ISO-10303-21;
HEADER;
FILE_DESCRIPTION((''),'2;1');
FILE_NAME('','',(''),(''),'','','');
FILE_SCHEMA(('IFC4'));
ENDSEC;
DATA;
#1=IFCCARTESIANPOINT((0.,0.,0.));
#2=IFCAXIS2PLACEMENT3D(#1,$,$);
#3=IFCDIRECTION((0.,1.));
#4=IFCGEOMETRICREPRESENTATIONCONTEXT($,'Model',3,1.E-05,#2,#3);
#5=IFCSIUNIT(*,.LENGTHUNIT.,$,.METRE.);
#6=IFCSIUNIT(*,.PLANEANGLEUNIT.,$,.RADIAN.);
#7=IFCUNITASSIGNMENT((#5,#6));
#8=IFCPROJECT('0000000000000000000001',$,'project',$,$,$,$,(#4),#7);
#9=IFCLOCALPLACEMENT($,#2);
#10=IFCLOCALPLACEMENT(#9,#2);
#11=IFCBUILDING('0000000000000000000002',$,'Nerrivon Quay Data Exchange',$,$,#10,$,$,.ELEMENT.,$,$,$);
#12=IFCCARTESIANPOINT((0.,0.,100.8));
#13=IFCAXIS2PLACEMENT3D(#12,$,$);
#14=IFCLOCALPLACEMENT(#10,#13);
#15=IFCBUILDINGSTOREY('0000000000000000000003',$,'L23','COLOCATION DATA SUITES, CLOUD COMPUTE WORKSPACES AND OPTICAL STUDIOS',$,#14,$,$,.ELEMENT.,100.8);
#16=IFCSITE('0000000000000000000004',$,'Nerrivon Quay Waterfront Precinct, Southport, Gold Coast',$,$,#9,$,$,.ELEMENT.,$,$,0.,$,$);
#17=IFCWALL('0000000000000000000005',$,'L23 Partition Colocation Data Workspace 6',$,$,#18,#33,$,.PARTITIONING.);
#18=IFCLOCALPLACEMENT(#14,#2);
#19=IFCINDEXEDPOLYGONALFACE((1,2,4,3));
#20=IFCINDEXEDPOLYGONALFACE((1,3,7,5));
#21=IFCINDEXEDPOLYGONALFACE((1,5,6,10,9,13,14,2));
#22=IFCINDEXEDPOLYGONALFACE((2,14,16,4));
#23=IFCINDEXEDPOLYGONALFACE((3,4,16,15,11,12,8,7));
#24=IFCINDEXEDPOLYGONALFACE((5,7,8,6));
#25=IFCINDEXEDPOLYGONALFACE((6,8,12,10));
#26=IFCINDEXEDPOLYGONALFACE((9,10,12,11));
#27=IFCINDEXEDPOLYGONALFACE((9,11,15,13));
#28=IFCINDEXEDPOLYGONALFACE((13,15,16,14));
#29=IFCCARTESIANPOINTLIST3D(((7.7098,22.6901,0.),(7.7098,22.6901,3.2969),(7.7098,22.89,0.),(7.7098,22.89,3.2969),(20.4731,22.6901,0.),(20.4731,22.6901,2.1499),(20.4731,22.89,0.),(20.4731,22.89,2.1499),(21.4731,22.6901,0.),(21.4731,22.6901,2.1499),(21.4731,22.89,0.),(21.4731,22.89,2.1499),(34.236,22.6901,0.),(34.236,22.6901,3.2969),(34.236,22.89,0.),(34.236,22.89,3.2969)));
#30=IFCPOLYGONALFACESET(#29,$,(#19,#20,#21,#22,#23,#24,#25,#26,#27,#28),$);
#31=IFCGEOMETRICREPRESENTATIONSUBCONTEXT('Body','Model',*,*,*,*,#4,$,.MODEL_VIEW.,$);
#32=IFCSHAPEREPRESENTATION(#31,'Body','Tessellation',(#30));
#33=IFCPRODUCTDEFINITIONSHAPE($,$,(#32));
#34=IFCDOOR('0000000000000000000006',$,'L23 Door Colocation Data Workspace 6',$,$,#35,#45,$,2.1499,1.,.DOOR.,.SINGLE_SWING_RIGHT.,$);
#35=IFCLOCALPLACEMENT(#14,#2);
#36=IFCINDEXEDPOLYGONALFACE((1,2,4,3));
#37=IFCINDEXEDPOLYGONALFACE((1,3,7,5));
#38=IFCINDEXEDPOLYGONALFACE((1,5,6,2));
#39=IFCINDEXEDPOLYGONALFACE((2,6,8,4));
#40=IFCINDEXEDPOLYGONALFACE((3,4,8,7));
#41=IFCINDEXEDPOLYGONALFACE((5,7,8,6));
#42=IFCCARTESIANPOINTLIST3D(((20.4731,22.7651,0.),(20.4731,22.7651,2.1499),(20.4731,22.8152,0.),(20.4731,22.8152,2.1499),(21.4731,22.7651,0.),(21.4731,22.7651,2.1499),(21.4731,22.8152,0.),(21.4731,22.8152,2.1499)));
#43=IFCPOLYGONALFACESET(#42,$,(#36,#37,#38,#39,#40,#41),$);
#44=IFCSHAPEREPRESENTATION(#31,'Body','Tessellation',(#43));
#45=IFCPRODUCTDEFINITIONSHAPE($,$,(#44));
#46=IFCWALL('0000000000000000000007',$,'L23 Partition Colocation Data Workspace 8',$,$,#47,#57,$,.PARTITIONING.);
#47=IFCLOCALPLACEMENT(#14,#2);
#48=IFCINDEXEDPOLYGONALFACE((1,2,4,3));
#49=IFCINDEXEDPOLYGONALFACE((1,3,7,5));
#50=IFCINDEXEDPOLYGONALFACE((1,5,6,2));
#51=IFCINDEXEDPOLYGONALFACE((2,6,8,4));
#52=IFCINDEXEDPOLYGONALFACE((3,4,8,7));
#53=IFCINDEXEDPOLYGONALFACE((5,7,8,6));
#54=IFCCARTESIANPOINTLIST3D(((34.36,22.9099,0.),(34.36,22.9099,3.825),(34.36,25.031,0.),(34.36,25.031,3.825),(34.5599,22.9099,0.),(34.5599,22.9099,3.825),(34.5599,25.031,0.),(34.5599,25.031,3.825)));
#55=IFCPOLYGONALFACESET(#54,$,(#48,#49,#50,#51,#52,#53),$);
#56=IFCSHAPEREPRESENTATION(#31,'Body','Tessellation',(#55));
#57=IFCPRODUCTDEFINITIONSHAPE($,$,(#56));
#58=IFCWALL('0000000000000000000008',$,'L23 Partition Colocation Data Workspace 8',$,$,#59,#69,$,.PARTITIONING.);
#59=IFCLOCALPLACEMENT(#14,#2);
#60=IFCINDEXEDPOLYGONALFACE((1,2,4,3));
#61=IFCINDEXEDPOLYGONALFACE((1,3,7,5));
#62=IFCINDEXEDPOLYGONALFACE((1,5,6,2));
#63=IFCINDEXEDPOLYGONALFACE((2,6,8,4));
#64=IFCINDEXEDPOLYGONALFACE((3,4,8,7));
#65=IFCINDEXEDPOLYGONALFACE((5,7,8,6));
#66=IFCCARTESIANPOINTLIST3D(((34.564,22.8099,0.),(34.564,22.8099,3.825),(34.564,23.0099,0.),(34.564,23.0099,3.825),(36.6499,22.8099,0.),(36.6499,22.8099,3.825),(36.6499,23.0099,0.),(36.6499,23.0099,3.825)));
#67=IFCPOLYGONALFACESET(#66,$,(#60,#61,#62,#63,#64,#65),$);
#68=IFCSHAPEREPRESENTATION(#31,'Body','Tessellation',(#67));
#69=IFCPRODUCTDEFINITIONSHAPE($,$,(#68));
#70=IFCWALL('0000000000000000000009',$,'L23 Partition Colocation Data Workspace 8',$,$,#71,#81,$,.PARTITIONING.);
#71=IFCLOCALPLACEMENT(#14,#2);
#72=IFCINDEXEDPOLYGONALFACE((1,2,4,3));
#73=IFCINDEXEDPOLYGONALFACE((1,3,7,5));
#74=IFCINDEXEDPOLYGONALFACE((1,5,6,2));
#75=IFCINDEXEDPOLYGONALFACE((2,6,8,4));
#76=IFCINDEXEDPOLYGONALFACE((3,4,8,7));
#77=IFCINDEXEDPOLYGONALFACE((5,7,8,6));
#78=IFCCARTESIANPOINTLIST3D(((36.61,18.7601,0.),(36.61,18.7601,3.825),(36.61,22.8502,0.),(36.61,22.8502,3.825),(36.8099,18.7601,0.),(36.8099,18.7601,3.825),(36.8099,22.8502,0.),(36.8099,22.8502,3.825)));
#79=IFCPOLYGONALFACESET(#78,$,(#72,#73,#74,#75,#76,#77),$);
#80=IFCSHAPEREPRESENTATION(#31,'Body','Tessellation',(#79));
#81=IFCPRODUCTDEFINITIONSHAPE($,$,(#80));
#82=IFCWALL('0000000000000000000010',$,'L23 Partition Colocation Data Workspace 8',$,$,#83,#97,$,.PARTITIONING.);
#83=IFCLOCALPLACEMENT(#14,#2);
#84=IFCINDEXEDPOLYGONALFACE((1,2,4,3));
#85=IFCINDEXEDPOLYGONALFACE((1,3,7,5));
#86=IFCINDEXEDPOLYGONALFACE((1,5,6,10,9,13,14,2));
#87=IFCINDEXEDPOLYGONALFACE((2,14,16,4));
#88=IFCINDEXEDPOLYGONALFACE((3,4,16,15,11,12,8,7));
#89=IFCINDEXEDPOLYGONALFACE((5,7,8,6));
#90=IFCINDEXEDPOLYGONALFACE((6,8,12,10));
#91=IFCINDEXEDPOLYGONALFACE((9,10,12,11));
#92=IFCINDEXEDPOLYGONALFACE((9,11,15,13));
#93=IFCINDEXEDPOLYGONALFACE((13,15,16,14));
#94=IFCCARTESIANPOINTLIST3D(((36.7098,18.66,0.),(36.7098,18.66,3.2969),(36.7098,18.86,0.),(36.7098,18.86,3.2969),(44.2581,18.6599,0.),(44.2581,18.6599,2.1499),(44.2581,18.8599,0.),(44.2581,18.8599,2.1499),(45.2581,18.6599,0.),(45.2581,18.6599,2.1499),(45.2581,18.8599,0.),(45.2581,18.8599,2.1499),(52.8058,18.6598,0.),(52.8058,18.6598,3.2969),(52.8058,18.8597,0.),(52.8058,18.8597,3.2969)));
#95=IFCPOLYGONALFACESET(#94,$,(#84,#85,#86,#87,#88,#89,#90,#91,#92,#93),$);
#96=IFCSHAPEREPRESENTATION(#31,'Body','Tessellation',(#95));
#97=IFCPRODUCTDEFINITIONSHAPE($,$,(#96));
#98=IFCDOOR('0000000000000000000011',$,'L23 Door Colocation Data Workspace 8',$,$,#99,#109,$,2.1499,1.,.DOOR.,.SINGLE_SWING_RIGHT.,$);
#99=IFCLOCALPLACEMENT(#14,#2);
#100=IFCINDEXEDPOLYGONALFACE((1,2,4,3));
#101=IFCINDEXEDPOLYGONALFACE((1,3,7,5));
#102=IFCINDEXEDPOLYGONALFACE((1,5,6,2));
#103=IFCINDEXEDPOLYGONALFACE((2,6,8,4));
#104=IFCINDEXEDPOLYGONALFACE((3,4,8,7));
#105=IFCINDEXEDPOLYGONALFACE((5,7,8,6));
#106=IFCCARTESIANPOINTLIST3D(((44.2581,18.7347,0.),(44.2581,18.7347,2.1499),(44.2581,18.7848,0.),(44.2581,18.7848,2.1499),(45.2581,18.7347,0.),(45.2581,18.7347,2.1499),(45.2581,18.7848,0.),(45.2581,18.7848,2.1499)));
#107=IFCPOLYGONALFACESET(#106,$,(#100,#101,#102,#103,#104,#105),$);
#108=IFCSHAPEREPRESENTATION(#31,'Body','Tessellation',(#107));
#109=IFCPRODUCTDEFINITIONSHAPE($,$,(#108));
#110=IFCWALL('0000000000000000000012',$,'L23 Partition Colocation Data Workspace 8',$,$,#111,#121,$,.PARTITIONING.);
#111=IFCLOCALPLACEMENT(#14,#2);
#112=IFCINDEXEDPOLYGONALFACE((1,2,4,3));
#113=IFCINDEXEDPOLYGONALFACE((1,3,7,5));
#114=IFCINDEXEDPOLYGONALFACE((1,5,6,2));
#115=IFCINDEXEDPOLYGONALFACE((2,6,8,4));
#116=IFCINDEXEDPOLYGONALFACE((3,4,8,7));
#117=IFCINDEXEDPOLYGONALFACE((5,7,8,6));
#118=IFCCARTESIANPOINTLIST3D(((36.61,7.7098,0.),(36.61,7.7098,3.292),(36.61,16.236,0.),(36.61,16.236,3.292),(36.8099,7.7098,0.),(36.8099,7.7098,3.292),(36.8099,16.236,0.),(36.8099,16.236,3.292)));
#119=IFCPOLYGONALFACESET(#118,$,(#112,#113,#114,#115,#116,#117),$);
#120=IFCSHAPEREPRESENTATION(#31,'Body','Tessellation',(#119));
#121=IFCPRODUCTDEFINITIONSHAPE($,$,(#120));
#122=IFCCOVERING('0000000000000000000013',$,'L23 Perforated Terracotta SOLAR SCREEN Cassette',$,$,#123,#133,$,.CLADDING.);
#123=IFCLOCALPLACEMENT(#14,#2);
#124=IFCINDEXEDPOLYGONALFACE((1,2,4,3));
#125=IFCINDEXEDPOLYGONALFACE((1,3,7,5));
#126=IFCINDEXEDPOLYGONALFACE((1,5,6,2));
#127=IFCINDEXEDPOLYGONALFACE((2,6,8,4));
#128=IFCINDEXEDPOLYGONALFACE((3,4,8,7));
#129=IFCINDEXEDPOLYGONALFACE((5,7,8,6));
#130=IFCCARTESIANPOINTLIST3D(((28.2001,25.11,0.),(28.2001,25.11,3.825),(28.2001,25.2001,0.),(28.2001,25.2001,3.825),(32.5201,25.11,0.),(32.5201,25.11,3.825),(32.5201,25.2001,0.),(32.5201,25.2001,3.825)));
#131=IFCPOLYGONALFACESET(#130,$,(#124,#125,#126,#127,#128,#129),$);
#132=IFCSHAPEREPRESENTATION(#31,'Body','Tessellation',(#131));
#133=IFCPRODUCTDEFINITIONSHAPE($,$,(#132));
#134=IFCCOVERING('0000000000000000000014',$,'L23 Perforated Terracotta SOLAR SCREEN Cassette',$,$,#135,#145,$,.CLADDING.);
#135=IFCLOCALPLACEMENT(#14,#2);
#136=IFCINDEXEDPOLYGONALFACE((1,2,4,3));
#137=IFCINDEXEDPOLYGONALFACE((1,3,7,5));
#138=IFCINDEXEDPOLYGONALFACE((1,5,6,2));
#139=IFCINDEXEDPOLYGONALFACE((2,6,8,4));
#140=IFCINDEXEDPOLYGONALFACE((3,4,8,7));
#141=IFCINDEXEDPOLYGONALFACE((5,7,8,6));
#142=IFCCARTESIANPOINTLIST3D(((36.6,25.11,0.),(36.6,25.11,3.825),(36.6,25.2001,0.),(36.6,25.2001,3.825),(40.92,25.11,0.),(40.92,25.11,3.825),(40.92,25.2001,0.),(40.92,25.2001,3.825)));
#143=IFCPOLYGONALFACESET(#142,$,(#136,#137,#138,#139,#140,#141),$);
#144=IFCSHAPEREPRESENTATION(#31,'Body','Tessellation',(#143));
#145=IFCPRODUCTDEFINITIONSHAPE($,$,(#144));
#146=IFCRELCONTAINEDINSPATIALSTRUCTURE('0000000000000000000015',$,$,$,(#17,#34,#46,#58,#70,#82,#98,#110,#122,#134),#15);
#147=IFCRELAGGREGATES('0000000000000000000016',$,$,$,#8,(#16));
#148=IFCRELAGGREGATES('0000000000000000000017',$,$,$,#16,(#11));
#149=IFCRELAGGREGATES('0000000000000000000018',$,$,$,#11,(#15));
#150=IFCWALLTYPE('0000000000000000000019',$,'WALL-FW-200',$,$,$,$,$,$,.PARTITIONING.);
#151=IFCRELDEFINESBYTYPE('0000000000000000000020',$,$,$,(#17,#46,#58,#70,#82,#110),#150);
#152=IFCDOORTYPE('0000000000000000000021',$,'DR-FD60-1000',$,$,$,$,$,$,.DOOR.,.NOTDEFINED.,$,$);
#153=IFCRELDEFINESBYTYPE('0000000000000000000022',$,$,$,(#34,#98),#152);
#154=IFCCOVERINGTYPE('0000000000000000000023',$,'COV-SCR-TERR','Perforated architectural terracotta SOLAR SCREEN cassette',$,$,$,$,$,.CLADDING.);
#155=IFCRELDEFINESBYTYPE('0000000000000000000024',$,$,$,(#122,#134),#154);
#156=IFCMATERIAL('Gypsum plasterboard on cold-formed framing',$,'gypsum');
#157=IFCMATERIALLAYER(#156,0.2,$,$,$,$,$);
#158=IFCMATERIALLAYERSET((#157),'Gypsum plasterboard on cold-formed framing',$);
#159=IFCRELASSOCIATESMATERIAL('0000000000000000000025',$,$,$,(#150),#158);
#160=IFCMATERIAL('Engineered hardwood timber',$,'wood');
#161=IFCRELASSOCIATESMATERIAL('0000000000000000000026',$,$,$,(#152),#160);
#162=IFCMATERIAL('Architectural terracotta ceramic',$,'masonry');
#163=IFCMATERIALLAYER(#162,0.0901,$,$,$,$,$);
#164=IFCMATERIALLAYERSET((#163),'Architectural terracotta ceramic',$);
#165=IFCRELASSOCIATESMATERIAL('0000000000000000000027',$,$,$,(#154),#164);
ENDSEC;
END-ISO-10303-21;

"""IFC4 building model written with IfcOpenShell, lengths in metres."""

from ifc_helpers import new_model, si_unit, direction, frame, frame_2d, origin, origin_2d, place, context, subcontext, project, spatial, rectangle, extrude, material, layer, layer_set, type_object, element, fill, save


model = new_model("IFC4")

# Units and contexts
model_context = context("Model", 3, precision=1e-05, world=origin(), true_north=direction((0.0, 1.0)))
body_context = subcontext(model_context, "Body", "Model", "MODEL_VIEW")
ifc_project = project(units=[si_unit("LENGTHUNIT", "METRE"), si_unit("PLANEANGLEUNIT", "RADIAN")], contexts=[model_context])

# Site, building, storey
site_placement = place(None, origin())
site = spatial("IfcSite", under=ifc_project, at=site_placement, Name="Nerrivon Quay Waterfront Precinct, Southport, Gold Coast", CompositionType="ELEMENT", RefElevation=0.0)
building_placement = place(site_placement, origin())
building = spatial("IfcBuilding", under=site, at=building_placement, Name="Nerrivon Quay Data Exchange", CompositionType="ELEMENT")
storey_placement = place(building_placement, frame((0.0, 0.0, 100.8)))
storey = spatial("IfcBuildingStorey", under=building, at=storey_placement, Name="L23", Description="COLOCATION DATA SUITES, CLOUD COMPUTE WORKSPACES AND OPTICAL STUDIOS", CompositionType="ELEMENT", Elevation=100.8)

# Shared definitions
ifc_material_1 = material(Name="Gypsum plasterboard on cold-formed framing", Category="gypsum")
ifc_layer_1 = layer(ifc_material_1, 0.2)
ifc_layer_set_1 = layer_set([ifc_layer_1], Name="Gypsum plasterboard on cold-formed framing")
wall_type = type_object("IfcWallType", Name="WALL-FW-200", PredefinedType="PARTITIONING", material=ifc_layer_set_1)

# Wall, opening, door
wall_1_placement = place(storey_placement, frame((34.2361, 22.79, 0.0), z_axis=(0.0, 0.0, 1.0), x_axis=(-1.0, 0.0, 0.0)))
wall_1 = element("IfcWall", 1, at=wall_1_placement, inside=storey, type_object=wall_type, Name="L23 Partition Colocation Data Workspace 6", PredefinedType="PARTITIONING", context=body_context, shape_type="SweptSolid", body=[
    extrude(rectangle(XDim=26.5261, YDim=0.2, at=frame_2d((13.2632, 0.0))), origin(), (0.0, 0.0, 1.0), 3.2969),
])
opening_1_placement = place(wall_1_placement, frame((12.7629, 0.0, 0.0)))
opening_1 = element("IfcOpeningElement", 2, at=opening_1_placement, cuts=wall_1, PredefinedType="OPENING", context=body_context, shape_type="SweptSolid", body=[
    extrude(rectangle(XDim=1.0, YDim=2.1499, at=frame_2d((0.5, 1.075))), frame((0.0, 0.1099, 0.0), z_axis=(0.0, -1.0, 0.0), x_axis=(1.0, 0.0, 0.0)), (0.0, 0.0, 1.0), 0.22),
])
ifc_material_2 = material(Name="Engineered hardwood timber", Category="wood")
door_type = type_object("IfcDoorType", Name="DR-FD60-1000", OperationType="NOTDEFINED", PredefinedType="DOOR", material=ifc_material_2)
door_1_placement = place(opening_1_placement, origin())
door_1 = element("IfcDoor", 3, at=door_1_placement, inside=storey, type_object=door_type, Name="L23 Door Colocation Data Workspace 6", OperationType="SINGLE_SWING_RIGHT", OverallHeight=2.1499, OverallWidth=1.0, PredefinedType="DOOR", context=body_context, shape_type="SweptSolid", body=[
    extrude(rectangle(XDim=1.0, YDim=2.1499, at=frame_2d((0.5, 1.075))), frame((0.0, 0.0249, 0.0), z_axis=(0.0, -1.0, 0.0), x_axis=(1.0, 0.0, 0.0)), (0.0, 0.0, 1.0), 0.05),
])
fill(opening_1, door_1)

# Walls
wall_2_placement = place(storey_placement, frame((34.46, 25.031, 0.0), z_axis=(0.0, 0.0, 1.0), x_axis=(0.0, -1.0, 0.0)))
element("IfcWall", 4, at=wall_2_placement, inside=storey, type_object=wall_type, Name="L23 Partition Colocation Data Workspace 8", PredefinedType="PARTITIONING", context=body_context, shape_type="SweptSolid", body=[
    extrude(rectangle(XDim=2.1211, YDim=0.2, at=frame_2d((1.0605, 0.0))), origin(), (0.0, 0.0, 1.0), 3.825),
])
wall_3_placement = place(storey_placement, frame((34.564, 22.9099, 0.0), z_axis=(0.0, 0.0, 1.0), x_axis=(1.0, 0.0, 0.0)))
element("IfcWall", 5, at=wall_3_placement, inside=storey, type_object=wall_type, Name="L23 Partition Colocation Data Workspace 8", PredefinedType="PARTITIONING", context=body_context, shape_type="SweptSolid", body=[
    extrude(rectangle(XDim=2.0859, YDim=0.2, at=frame_2d((1.043, 0.0))), origin(), (0.0, 0.0, 1.0), 3.825),
])
wall_4_placement = place(storey_placement, frame((36.71, 22.8501, 0.0), z_axis=(0.0, 0.0, 1.0), x_axis=(0.0, -1.0, 0.0)))
element("IfcWall", 6, at=wall_4_placement, inside=storey, type_object=wall_type, Name="L23 Partition Colocation Data Workspace 8", PredefinedType="PARTITIONING", context=body_context, shape_type="SweptSolid", body=[
    extrude(rectangle(XDim=4.0901, YDim=0.2, at=frame_2d((2.0449, 0.0))), origin(), (0.0, 0.0, 1.0), 3.825),
])

# Wall, opening, door
wall_5_placement = place(storey_placement, frame((36.71, 18.76, 0.0), z_axis=(0.0, 0.0, 1.0), x_axis=(1.0, -0.000015, 0.0)))
wall_5 = element("IfcWall", 7, at=wall_5_placement, inside=storey, type_object=wall_type, Name="L23 Partition Colocation Data Workspace 8", PredefinedType="PARTITIONING", context=body_context, shape_type="SweptSolid", body=[
    extrude(rectangle(XDim=16.0959, YDim=0.2, at=frame_2d((8.0479, 0.0))), origin(), (0.0, 0.0, 1.0), 3.2969),
])
opening_2_placement = place(wall_5_placement, frame((7.5481, 0.0, 0.0)))
opening_2 = element("IfcOpeningElement", 8, at=opening_2_placement, cuts=wall_5, PredefinedType="OPENING", context=body_context, shape_type="SweptSolid", body=[
    extrude(rectangle(XDim=1.0, YDim=2.1499, at=frame_2d((0.5, 1.075))), frame((0.0, 0.1099, 0.0), z_axis=(0.0, -1.0, 0.0), x_axis=(1.0, 0.0, 0.0)), (0.0, 0.0, 1.0), 0.22),
])
door_2_placement = place(opening_2_placement, origin())
door_2 = element("IfcDoor", 9, at=door_2_placement, inside=storey, type_object=door_type, Name="L23 Door Colocation Data Workspace 8", OperationType="SINGLE_SWING_RIGHT", OverallHeight=2.1499, OverallWidth=1.0, PredefinedType="DOOR", context=body_context, shape_type="SweptSolid", body=[
    extrude(rectangle(XDim=1.0, YDim=2.1499, at=frame_2d((0.5, 1.075))), frame((0.0, 0.0249, 0.0), z_axis=(0.0, -1.0, 0.0), x_axis=(1.0, 0.0, 0.0)), (0.0, 0.0, 1.0), 0.05),
])
fill(opening_2, door_2)

# Wall
wall_6_placement = place(storey_placement, frame((36.71, 16.2361, 0.0), z_axis=(0.0, 0.0, 1.0), x_axis=(0.0, -1.0, 0.0)))
element("IfcWall", 10, at=wall_6_placement, inside=storey, type_object=wall_type, Name="L23 Partition Colocation Data Workspace 8", PredefinedType="PARTITIONING", context=body_context, shape_type="SweptSolid", body=[
    extrude(rectangle(XDim=8.5261, YDim=0.2, at=frame_2d((4.2632, 0.0))), origin(), (0.0, 0.0, 1.0), 3.292),
])

# Coverings
ifc_material_3 = material(Name="Architectural terracotta ceramic", Category="masonry")
ifc_layer_2 = layer(ifc_material_3, 0.0901)
ifc_layer_set_2 = layer_set([ifc_layer_2], Name="Architectural terracotta ceramic")
covering_type = type_object("IfcCoveringType", Name="COV-SCR-TERR", Description="Perforated architectural terracotta SOLAR SCREEN cassette", PredefinedType="CLADDING", material=ifc_layer_set_2)
for number, where, z_axis, x_axis, name in (
    (11, (30.3601, 25.155, 0.0), (0.0, 0.0, 1.0), (1.0, 0.0, 0.0), "L23 Perforated Terracotta SOLAR SCREEN Cassette"),
    (12, (38.76, 25.155, 0.0), (0.0, 0.0, 1.0), (1.0, 0.0, 0.0), "L23 Perforated Terracotta SOLAR SCREEN Cassette"),
):
    element("IfcCovering", number, at=place(storey_placement, frame(where, z_axis=z_axis, x_axis=x_axis)), inside=storey, type_object=covering_type, Name=name, PredefinedType="CLADDING", context=body_context, shape_type="SweptSolid", body=[
        extrude(rectangle(XDim=4.3201, YDim=0.0901, at=origin_2d()), origin(), (0.0, 0.0, 1.0), 3.825),
    ])

save(model, "model.ifc")
